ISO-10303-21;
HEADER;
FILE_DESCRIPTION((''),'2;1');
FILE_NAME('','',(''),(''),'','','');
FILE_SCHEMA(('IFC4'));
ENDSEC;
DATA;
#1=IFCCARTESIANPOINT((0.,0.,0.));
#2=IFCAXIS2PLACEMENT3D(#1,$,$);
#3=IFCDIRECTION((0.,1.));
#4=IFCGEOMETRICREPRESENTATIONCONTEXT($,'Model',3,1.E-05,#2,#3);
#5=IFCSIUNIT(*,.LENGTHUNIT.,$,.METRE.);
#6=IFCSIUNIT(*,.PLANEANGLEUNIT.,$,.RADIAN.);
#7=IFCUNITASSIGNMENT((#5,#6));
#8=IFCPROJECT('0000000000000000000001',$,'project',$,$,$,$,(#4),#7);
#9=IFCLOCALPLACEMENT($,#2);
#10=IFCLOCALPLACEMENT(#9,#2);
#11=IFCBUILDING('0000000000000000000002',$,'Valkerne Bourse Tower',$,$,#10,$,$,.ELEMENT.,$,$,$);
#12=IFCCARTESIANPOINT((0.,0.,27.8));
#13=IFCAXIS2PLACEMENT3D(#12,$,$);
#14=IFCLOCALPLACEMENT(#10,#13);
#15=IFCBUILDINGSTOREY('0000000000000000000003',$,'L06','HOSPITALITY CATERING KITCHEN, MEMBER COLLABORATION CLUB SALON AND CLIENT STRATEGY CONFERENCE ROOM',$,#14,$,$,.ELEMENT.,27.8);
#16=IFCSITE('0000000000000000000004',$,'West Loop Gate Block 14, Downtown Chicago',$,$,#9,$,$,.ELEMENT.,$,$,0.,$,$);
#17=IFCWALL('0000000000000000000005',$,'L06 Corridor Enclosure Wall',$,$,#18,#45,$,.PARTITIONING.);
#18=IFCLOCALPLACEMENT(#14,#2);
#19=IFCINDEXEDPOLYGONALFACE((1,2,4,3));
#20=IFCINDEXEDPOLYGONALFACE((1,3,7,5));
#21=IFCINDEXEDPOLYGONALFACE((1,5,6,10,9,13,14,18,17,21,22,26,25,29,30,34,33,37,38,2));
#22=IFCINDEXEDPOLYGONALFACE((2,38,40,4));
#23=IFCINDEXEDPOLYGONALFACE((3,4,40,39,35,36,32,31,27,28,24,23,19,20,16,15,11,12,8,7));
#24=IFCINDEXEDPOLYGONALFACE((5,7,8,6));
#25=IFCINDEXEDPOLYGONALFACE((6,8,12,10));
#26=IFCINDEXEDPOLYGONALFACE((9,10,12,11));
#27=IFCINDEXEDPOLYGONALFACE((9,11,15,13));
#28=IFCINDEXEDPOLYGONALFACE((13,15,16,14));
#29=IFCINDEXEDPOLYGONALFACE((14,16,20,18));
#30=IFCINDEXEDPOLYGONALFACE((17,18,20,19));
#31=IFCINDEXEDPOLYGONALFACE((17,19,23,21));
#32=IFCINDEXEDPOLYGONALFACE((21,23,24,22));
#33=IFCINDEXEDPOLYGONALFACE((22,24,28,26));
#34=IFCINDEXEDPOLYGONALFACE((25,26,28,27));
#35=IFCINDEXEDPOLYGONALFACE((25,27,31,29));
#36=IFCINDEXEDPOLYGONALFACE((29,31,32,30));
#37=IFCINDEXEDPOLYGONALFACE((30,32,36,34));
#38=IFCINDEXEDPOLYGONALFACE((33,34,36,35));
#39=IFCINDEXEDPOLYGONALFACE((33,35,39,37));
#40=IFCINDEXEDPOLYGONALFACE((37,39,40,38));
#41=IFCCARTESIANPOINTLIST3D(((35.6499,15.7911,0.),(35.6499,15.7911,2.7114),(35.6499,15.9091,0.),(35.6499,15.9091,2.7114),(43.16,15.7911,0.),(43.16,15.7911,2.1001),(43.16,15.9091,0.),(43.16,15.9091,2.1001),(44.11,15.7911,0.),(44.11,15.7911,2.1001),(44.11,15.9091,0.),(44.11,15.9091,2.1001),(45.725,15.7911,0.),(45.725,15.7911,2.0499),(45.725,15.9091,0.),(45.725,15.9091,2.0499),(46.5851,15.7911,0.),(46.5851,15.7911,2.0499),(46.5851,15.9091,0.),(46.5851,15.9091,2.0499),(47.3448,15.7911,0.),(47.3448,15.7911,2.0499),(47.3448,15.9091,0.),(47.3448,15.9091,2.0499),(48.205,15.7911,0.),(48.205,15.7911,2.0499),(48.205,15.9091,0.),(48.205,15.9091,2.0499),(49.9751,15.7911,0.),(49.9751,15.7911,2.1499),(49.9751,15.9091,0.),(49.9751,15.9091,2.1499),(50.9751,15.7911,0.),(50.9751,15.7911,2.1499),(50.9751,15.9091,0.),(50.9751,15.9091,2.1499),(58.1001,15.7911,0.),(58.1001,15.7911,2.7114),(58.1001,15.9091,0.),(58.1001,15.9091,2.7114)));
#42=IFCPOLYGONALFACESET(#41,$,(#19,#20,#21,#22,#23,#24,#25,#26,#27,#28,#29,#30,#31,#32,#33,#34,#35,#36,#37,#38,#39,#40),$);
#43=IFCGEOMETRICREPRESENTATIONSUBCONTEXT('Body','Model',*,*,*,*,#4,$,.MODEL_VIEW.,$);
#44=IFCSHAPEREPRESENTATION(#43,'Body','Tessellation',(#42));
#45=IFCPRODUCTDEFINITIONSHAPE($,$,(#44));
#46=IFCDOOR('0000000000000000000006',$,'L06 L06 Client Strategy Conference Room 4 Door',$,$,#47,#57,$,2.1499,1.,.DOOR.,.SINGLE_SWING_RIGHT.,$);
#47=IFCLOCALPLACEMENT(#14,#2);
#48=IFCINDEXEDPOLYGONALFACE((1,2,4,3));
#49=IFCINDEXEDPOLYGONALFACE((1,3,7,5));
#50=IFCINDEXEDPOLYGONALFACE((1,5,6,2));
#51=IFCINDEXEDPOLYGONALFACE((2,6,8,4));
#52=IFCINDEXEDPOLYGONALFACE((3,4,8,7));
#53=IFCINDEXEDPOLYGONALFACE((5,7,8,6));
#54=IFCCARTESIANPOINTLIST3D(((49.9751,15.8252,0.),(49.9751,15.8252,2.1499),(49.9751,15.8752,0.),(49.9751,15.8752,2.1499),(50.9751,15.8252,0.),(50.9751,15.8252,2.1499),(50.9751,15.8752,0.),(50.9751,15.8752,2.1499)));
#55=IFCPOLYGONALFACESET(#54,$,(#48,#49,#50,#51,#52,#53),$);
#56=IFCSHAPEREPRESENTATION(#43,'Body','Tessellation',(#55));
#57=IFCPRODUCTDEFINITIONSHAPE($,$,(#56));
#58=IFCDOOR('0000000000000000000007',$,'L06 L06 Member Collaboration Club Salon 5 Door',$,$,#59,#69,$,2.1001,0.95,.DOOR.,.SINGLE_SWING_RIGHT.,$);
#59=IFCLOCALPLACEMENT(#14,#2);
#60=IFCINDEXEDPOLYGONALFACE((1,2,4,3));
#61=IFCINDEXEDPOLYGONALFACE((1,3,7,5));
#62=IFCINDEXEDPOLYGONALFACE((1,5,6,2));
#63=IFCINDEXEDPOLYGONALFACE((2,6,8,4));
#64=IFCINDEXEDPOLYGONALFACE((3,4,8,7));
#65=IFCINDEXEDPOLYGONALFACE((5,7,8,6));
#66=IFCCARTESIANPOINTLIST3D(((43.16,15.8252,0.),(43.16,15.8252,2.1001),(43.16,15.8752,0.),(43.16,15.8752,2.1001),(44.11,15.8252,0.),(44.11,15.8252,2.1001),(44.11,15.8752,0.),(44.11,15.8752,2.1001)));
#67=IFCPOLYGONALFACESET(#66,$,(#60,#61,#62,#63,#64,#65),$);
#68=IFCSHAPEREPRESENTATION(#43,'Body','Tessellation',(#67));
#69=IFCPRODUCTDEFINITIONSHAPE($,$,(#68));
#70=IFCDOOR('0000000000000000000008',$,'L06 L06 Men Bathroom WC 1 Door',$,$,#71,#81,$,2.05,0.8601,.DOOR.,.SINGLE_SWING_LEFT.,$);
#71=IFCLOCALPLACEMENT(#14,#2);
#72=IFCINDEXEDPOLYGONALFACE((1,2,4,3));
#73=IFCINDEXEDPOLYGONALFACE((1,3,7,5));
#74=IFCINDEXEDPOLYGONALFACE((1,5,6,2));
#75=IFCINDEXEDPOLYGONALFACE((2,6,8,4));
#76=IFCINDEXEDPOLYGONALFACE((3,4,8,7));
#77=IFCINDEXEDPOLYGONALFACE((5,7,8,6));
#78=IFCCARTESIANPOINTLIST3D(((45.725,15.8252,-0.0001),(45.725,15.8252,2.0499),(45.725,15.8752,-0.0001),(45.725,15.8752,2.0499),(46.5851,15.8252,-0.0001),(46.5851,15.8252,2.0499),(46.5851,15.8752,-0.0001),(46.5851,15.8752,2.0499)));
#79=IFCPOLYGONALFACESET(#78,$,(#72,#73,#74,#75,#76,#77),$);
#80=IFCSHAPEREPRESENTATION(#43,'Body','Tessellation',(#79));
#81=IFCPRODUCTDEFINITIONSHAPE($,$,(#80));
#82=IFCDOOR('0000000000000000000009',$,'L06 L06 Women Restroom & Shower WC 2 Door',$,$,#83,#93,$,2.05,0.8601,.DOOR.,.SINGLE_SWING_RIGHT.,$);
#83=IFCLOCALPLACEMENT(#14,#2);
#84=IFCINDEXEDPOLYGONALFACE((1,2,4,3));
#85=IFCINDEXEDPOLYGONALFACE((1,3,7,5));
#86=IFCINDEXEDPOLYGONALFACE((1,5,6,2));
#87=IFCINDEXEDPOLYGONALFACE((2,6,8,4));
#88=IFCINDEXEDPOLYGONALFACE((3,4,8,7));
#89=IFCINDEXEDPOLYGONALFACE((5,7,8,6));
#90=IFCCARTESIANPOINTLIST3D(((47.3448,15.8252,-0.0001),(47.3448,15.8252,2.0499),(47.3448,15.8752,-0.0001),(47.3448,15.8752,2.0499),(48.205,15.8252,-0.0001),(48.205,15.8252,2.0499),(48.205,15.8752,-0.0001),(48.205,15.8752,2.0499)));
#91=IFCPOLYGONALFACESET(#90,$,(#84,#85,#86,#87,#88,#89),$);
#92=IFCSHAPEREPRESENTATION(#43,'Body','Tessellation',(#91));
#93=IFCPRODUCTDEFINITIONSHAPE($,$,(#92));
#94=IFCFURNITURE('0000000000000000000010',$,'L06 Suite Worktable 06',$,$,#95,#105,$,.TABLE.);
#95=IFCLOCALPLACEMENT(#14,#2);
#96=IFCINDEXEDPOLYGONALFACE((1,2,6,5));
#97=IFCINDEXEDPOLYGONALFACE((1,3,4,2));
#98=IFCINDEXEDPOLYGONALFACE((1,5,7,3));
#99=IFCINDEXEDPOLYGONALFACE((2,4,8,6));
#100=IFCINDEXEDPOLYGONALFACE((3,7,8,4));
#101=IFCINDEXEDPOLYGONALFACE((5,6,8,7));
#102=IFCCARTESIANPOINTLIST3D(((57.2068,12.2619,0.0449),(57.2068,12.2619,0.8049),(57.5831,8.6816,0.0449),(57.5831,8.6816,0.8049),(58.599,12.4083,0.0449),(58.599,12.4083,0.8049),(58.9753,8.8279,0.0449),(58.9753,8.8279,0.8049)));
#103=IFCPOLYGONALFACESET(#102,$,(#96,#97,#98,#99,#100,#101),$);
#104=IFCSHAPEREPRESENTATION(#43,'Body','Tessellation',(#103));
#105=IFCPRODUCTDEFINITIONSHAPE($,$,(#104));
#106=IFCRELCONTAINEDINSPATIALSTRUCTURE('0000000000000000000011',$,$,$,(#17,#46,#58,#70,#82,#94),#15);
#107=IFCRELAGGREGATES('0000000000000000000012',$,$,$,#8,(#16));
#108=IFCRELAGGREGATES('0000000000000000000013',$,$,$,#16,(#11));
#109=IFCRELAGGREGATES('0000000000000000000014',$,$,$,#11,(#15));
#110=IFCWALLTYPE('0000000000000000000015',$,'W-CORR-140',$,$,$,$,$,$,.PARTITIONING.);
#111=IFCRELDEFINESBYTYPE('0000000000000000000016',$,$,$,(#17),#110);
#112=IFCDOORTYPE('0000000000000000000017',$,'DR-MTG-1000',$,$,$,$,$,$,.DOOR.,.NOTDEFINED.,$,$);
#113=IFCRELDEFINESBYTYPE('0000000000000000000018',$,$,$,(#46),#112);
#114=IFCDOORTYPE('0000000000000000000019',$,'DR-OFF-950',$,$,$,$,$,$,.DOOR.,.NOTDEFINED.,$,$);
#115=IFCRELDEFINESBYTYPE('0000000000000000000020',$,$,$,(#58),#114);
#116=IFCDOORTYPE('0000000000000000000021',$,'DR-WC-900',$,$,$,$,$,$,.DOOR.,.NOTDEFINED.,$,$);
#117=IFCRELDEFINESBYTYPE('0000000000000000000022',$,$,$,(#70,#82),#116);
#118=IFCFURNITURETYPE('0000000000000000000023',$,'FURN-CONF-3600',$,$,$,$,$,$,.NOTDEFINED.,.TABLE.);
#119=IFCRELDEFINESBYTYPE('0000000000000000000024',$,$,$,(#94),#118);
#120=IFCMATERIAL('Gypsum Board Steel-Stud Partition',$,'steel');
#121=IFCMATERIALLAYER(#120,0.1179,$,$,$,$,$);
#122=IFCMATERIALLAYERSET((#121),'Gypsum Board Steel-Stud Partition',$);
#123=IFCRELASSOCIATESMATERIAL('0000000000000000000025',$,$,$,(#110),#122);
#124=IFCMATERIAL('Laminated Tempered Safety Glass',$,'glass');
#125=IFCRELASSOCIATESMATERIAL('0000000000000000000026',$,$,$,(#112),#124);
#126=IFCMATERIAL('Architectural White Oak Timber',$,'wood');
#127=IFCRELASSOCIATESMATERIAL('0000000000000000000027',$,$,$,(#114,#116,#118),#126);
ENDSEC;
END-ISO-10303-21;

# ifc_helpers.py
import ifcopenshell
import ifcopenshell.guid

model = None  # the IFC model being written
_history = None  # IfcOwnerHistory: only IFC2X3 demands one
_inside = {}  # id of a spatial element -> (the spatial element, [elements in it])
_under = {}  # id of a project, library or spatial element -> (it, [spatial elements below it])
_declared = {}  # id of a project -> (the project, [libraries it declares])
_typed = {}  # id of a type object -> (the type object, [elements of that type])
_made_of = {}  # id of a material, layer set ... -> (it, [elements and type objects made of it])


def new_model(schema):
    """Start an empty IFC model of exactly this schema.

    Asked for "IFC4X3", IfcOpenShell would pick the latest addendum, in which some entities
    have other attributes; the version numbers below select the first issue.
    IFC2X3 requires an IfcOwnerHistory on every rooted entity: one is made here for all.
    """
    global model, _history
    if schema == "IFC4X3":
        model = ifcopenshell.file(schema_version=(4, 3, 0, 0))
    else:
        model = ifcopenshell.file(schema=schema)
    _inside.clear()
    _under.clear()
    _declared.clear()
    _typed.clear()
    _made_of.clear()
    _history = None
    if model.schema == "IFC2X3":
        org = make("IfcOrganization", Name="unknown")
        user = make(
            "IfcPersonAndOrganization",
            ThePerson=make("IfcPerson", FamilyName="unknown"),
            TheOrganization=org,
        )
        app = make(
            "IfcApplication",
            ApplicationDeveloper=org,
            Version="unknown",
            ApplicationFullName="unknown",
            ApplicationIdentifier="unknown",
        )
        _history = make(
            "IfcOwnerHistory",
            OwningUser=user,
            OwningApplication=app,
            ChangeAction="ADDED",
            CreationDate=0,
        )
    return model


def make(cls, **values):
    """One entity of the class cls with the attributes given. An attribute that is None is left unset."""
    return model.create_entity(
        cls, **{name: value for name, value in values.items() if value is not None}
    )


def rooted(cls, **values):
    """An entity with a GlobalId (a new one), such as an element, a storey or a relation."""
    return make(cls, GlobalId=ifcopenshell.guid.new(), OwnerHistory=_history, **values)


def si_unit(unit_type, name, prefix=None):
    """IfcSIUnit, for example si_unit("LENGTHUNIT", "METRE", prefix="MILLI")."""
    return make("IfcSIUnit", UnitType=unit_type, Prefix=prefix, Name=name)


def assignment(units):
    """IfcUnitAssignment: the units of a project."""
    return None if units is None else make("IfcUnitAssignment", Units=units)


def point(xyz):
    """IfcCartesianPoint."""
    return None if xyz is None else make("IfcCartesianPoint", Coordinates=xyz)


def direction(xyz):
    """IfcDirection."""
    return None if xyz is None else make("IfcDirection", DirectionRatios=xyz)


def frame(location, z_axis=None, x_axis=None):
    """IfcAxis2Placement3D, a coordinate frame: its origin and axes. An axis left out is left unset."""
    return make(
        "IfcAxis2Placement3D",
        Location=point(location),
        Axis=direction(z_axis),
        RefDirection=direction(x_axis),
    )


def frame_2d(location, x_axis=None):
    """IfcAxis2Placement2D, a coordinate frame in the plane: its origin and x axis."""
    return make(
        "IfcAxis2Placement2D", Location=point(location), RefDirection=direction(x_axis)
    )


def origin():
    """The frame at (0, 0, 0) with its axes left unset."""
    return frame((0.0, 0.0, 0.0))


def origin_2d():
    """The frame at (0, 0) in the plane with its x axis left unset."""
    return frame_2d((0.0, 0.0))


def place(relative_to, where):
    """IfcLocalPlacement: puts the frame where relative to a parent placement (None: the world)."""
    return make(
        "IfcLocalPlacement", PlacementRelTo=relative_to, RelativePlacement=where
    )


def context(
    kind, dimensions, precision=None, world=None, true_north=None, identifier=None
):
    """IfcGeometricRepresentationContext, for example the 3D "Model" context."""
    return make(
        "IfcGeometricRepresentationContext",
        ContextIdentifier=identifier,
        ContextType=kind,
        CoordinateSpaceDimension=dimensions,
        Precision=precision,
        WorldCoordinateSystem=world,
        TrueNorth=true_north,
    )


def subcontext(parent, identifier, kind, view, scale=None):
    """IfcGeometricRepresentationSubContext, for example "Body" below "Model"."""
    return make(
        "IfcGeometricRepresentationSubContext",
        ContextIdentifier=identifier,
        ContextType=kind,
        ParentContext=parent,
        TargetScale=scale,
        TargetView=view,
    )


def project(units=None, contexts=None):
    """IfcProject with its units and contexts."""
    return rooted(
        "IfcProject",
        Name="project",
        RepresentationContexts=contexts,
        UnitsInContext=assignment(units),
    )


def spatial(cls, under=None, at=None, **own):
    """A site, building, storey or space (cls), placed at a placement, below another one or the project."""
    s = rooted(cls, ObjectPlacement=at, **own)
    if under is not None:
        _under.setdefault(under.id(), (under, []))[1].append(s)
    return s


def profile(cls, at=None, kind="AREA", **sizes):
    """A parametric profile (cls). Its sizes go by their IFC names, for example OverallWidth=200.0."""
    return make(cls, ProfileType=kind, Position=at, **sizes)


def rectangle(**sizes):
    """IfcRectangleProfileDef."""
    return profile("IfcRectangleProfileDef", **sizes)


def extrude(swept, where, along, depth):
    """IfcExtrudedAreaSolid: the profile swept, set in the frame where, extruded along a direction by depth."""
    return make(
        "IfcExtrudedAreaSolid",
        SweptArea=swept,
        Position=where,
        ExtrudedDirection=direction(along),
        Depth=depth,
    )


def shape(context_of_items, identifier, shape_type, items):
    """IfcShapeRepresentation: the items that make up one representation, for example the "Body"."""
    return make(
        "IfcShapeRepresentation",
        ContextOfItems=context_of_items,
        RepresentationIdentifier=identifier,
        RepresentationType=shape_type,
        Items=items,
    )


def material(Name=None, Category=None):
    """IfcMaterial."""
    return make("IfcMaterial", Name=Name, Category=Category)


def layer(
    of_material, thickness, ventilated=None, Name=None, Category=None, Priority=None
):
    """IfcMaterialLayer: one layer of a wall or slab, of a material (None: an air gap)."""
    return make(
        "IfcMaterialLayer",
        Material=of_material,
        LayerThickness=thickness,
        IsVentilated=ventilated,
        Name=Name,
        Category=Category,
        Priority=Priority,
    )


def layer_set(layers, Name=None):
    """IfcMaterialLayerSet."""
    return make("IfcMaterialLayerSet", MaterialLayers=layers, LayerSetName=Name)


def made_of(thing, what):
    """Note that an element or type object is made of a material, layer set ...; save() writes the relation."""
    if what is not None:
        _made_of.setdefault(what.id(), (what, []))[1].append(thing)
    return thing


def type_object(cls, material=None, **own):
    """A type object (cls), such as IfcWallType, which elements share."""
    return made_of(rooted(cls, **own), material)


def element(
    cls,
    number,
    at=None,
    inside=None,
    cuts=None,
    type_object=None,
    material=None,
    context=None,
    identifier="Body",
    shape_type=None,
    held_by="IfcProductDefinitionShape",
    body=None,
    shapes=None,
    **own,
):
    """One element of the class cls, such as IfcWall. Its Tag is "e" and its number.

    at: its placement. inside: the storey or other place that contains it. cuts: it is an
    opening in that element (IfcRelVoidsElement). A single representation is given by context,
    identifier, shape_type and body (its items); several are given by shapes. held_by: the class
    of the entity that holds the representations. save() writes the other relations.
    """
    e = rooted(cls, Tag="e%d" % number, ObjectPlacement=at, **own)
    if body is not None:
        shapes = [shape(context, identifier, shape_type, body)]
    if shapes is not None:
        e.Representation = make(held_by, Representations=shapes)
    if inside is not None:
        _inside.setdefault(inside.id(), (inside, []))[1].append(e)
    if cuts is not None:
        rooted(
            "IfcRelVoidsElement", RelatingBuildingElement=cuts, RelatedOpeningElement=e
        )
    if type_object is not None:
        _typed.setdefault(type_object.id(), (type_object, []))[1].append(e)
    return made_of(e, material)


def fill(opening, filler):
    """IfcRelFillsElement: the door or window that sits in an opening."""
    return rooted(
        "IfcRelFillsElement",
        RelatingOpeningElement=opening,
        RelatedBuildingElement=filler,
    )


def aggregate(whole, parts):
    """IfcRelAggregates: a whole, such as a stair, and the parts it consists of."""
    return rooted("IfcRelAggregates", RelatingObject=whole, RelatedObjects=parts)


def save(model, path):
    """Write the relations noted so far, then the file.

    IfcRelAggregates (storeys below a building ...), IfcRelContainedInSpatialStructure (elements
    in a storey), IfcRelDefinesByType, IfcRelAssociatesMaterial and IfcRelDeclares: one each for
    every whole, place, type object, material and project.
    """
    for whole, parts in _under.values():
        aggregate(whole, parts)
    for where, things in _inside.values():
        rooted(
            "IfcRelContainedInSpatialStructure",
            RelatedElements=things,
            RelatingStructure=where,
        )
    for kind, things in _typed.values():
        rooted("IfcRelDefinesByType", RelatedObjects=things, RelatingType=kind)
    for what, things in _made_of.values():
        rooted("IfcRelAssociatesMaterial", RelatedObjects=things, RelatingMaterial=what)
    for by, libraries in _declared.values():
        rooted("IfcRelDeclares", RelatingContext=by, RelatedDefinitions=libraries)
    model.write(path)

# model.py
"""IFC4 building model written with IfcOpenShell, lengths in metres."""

from ifc_helpers import new_model, si_unit, direction, frame, frame_2d, origin, origin_2d, place, context, subcontext, project, spatial, rectangle, extrude, material, layer, layer_set, type_object, element, fill, save


model = new_model("IFC4")

# Units and contexts
model_context = context("Model", 3, precision=1e-05, world=origin(), true_north=direction((0.0, 1.0)))
body_context = subcontext(model_context, "Body", "Model", "MODEL_VIEW")
ifc_project = project(units=[si_unit("LENGTHUNIT", "METRE"), si_unit("PLANEANGLEUNIT", "RADIAN")], contexts=[model_context])

# Site, building, storey
site_placement = place(None, origin())
site = spatial("IfcSite", under=ifc_project, at=site_placement, Name="West Loop Gate Block 14, Downtown Chicago", CompositionType="ELEMENT", RefElevation=0.0)
building_placement = place(site_placement, origin())
building = spatial("IfcBuilding", under=site, at=building_placement, Name="Valkerne Bourse Tower", CompositionType="ELEMENT")
storey_placement = place(building_placement, frame((0.0, 0.0, 27.8)))
storey = spatial("IfcBuildingStorey", under=building, at=storey_placement, Name="L06", Description="HOSPITALITY CATERING KITCHEN, MEMBER COLLABORATION CLUB SALON AND CLIENT STRATEGY CONFERENCE ROOM", CompositionType="ELEMENT", Elevation=27.8)

# Wall, openings, doors
ifc_material_1 = material(Name="Gypsum Board Steel-Stud Partition", Category="steel")
ifc_layer_1 = layer(ifc_material_1, 0.1179)
ifc_layer_set_1 = layer_set([ifc_layer_1], Name="Gypsum Board Steel-Stud Partition")
wall_type = type_object("IfcWallType", Name="W-CORR-140", PredefinedType="PARTITIONING", material=ifc_layer_set_1)
wall_placement = place(storey_placement, frame((58.1001, 15.8501, 0.0), z_axis=(0.0, 0.0, 1.0), x_axis=(-1.0, 0.0, 0.0)))
wall = element("IfcWall", 1, at=wall_placement, inside=storey, type_object=wall_type, Name="L06 Corridor Enclosure Wall", PredefinedType="PARTITIONING", context=body_context, shape_type="SweptSolid", body=[
    extrude(rectangle(XDim=22.4502, YDim=0.1179, at=frame_2d((11.2251, 0.0))), origin(), (0.0, 0.0, 1.0), 2.7114),
])
opening_1_placement = place(wall_placement, frame((11.5149, 0.0, 0.0)))
opening_1 = element("IfcOpeningElement", 2, at=opening_1_placement, cuts=wall, PredefinedType="OPENING", context=body_context, shape_type="SweptSolid", body=[
    extrude(rectangle(XDim=0.8601, YDim=2.05, at=frame_2d((0.4302, 1.0249))), frame((0.0, 0.0688, 0.0), z_axis=(0.0, -1.0, 0.0), x_axis=(1.0, 0.0, 0.0)), (0.0, 0.0, 1.0), 0.1379),
])
opening_2_placement = place(wall_placement, frame((9.895, 0.0, 0.0)))
opening_2 = element("IfcOpeningElement", 3, at=opening_2_placement, cuts=wall, PredefinedType="OPENING", context=body_context, shape_type="SweptSolid", body=[
    extrude(rectangle(XDim=0.8601, YDim=2.05, at=frame_2d((0.4302, 1.0249))), frame((0.0, 0.0688, 0.0), z_axis=(0.0, -1.0, 0.0), x_axis=(1.0, 0.0, 0.0)), (0.0, 0.0, 1.0), 0.1379),
])
opening_3_placement = place(wall_placement, frame((7.125, 0.0, 0.0)))
opening_3 = element("IfcOpeningElement", 4, at=opening_3_placement, cuts=wall, PredefinedType="OPENING", context=body_context, shape_type="SweptSolid", body=[
    extrude(rectangle(XDim=1.0, YDim=2.1499, at=frame_2d((0.5, 1.075))), frame((0.0, 0.0688, 0.0), z_axis=(0.0, -1.0, 0.0), x_axis=(1.0, 0.0, 0.0)), (0.0, 0.0, 1.0), 0.1379),
])
opening_4_placement = place(wall_placement, frame((13.99, 0.0, 0.0)))
opening_4 = element("IfcOpeningElement", 5, at=opening_4_placement, cuts=wall, PredefinedType="OPENING", context=body_context, shape_type="SweptSolid", body=[
    extrude(rectangle(XDim=0.95, YDim=2.1001, at=frame_2d((0.4751, 1.05))), frame((0.0, 0.0688, 0.0), z_axis=(0.0, -1.0, 0.0), x_axis=(1.0, 0.0, 0.0)), (0.0, 0.0, 1.0), 0.1379),
])
ifc_material_2 = material(Name="Laminated Tempered Safety Glass", Category="glass")
door_type_1 = type_object("IfcDoorType", Name="DR-MTG-1000", OperationType="NOTDEFINED", PredefinedType="DOOR", material=ifc_material_2)
door_1_placement = place(opening_3_placement, origin())
door_1 = element("IfcDoor", 6, at=door_1_placement, inside=storey, type_object=door_type_1, Name="L06 L06 Client Strategy Conference Room 4 Door", OperationType="SINGLE_SWING_RIGHT", OverallHeight=2.1499, OverallWidth=1.0, PredefinedType="DOOR", context=body_context, shape_type="SweptSolid", body=[
    extrude(rectangle(XDim=1.0, YDim=2.1499, at=frame_2d((0.5, 1.075))), frame((0.0, 0.0249, 0.0), z_axis=(0.0, -1.0, 0.0), x_axis=(1.0, 0.0, 0.0)), (0.0, 0.0, 1.0), 0.05),
])
fill(opening_3, door_1)
ifc_material_3 = material(Name="Architectural White Oak Timber", Category="wood")
door_type_2 = type_object("IfcDoorType", Name="DR-OFF-950", OperationType="NOTDEFINED", PredefinedType="DOOR", material=ifc_material_3)
door_2_placement = place(opening_4_placement, origin())
door_2 = element("IfcDoor", 7, at=door_2_placement, inside=storey, type_object=door_type_2, Name="L06 L06 Member Collaboration Club Salon 5 Door", OperationType="SINGLE_SWING_RIGHT", OverallHeight=2.1001, OverallWidth=0.95, PredefinedType="DOOR", context=body_context, shape_type="SweptSolid", body=[
    extrude(rectangle(XDim=0.95, YDim=2.1001, at=frame_2d((0.4751, 1.05))), frame((0.0, 0.0249, 0.0), z_axis=(0.0, -1.0, 0.0), x_axis=(1.0, 0.0, 0.0)), (0.0, 0.0, 1.0), 0.05),
])
fill(opening_4, door_2)
door_type_3 = type_object("IfcDoorType", Name="DR-WC-900", OperationType="NOTDEFINED", PredefinedType="DOOR", material=ifc_material_3)
door_3_placement = place(opening_1_placement, origin())
door_3 = element("IfcDoor", 8, at=door_3_placement, inside=storey, type_object=door_type_3, Name="L06 L06 Men Bathroom WC 1 Door", OperationType="SINGLE_SWING_LEFT", OverallHeight=2.05, OverallWidth=0.8601, PredefinedType="DOOR", context=body_context, shape_type="SweptSolid", body=[
    extrude(rectangle(XDim=0.8601, YDim=2.05, at=frame_2d((0.4302, 1.0249))), frame((0.0, 0.0249, 0.0), z_axis=(0.0, -1.0, 0.0), x_axis=(1.0, 0.0, 0.0)), (0.0, 0.0, 1.0), 0.05),
])
fill(opening_1, door_3)
door_4_placement = place(opening_2_placement, origin())
door_4 = element("IfcDoor", 9, at=door_4_placement, inside=storey, type_object=door_type_3, Name="L06 L06 Women Restroom & Shower WC 2 Door", OperationType="SINGLE_SWING_RIGHT", OverallHeight=2.05, OverallWidth=0.8601, PredefinedType="DOOR", context=body_context, shape_type="SweptSolid", body=[
    extrude(rectangle(XDim=0.8601, YDim=2.05, at=frame_2d((0.4302, 1.0249))), frame((0.0, 0.0249, 0.0), z_axis=(0.0, -1.0, 0.0), x_axis=(1.0, 0.0, 0.0)), (0.0, 0.0, 1.0), 0.05),
])
fill(opening_2, door_4)

# Furniture
furniture_type = type_object("IfcFurnitureType", Name="FURN-CONF-3600", AssemblyPlace="NOTDEFINED", PredefinedType="TABLE", material=ifc_material_3)
furniture_placement = place(storey_placement, frame((58.0911, 10.5449, 0.0449), z_axis=(0.0, 0.0, 1.0), x_axis=(-0.104528, 0.994522, 0.0)))
element("IfcFurniture", 10, at=furniture_placement, inside=storey, type_object=furniture_type, Name="L06 Suite Worktable 06", PredefinedType="TABLE", context=body_context, shape_type="SweptSolid", body=[
    extrude(rectangle(XDim=3.6001, YDim=1.3999, at=origin_2d()), origin(), (0.0, 0.0, 1.0), 0.76),
])

save(model, "model.ifc")
